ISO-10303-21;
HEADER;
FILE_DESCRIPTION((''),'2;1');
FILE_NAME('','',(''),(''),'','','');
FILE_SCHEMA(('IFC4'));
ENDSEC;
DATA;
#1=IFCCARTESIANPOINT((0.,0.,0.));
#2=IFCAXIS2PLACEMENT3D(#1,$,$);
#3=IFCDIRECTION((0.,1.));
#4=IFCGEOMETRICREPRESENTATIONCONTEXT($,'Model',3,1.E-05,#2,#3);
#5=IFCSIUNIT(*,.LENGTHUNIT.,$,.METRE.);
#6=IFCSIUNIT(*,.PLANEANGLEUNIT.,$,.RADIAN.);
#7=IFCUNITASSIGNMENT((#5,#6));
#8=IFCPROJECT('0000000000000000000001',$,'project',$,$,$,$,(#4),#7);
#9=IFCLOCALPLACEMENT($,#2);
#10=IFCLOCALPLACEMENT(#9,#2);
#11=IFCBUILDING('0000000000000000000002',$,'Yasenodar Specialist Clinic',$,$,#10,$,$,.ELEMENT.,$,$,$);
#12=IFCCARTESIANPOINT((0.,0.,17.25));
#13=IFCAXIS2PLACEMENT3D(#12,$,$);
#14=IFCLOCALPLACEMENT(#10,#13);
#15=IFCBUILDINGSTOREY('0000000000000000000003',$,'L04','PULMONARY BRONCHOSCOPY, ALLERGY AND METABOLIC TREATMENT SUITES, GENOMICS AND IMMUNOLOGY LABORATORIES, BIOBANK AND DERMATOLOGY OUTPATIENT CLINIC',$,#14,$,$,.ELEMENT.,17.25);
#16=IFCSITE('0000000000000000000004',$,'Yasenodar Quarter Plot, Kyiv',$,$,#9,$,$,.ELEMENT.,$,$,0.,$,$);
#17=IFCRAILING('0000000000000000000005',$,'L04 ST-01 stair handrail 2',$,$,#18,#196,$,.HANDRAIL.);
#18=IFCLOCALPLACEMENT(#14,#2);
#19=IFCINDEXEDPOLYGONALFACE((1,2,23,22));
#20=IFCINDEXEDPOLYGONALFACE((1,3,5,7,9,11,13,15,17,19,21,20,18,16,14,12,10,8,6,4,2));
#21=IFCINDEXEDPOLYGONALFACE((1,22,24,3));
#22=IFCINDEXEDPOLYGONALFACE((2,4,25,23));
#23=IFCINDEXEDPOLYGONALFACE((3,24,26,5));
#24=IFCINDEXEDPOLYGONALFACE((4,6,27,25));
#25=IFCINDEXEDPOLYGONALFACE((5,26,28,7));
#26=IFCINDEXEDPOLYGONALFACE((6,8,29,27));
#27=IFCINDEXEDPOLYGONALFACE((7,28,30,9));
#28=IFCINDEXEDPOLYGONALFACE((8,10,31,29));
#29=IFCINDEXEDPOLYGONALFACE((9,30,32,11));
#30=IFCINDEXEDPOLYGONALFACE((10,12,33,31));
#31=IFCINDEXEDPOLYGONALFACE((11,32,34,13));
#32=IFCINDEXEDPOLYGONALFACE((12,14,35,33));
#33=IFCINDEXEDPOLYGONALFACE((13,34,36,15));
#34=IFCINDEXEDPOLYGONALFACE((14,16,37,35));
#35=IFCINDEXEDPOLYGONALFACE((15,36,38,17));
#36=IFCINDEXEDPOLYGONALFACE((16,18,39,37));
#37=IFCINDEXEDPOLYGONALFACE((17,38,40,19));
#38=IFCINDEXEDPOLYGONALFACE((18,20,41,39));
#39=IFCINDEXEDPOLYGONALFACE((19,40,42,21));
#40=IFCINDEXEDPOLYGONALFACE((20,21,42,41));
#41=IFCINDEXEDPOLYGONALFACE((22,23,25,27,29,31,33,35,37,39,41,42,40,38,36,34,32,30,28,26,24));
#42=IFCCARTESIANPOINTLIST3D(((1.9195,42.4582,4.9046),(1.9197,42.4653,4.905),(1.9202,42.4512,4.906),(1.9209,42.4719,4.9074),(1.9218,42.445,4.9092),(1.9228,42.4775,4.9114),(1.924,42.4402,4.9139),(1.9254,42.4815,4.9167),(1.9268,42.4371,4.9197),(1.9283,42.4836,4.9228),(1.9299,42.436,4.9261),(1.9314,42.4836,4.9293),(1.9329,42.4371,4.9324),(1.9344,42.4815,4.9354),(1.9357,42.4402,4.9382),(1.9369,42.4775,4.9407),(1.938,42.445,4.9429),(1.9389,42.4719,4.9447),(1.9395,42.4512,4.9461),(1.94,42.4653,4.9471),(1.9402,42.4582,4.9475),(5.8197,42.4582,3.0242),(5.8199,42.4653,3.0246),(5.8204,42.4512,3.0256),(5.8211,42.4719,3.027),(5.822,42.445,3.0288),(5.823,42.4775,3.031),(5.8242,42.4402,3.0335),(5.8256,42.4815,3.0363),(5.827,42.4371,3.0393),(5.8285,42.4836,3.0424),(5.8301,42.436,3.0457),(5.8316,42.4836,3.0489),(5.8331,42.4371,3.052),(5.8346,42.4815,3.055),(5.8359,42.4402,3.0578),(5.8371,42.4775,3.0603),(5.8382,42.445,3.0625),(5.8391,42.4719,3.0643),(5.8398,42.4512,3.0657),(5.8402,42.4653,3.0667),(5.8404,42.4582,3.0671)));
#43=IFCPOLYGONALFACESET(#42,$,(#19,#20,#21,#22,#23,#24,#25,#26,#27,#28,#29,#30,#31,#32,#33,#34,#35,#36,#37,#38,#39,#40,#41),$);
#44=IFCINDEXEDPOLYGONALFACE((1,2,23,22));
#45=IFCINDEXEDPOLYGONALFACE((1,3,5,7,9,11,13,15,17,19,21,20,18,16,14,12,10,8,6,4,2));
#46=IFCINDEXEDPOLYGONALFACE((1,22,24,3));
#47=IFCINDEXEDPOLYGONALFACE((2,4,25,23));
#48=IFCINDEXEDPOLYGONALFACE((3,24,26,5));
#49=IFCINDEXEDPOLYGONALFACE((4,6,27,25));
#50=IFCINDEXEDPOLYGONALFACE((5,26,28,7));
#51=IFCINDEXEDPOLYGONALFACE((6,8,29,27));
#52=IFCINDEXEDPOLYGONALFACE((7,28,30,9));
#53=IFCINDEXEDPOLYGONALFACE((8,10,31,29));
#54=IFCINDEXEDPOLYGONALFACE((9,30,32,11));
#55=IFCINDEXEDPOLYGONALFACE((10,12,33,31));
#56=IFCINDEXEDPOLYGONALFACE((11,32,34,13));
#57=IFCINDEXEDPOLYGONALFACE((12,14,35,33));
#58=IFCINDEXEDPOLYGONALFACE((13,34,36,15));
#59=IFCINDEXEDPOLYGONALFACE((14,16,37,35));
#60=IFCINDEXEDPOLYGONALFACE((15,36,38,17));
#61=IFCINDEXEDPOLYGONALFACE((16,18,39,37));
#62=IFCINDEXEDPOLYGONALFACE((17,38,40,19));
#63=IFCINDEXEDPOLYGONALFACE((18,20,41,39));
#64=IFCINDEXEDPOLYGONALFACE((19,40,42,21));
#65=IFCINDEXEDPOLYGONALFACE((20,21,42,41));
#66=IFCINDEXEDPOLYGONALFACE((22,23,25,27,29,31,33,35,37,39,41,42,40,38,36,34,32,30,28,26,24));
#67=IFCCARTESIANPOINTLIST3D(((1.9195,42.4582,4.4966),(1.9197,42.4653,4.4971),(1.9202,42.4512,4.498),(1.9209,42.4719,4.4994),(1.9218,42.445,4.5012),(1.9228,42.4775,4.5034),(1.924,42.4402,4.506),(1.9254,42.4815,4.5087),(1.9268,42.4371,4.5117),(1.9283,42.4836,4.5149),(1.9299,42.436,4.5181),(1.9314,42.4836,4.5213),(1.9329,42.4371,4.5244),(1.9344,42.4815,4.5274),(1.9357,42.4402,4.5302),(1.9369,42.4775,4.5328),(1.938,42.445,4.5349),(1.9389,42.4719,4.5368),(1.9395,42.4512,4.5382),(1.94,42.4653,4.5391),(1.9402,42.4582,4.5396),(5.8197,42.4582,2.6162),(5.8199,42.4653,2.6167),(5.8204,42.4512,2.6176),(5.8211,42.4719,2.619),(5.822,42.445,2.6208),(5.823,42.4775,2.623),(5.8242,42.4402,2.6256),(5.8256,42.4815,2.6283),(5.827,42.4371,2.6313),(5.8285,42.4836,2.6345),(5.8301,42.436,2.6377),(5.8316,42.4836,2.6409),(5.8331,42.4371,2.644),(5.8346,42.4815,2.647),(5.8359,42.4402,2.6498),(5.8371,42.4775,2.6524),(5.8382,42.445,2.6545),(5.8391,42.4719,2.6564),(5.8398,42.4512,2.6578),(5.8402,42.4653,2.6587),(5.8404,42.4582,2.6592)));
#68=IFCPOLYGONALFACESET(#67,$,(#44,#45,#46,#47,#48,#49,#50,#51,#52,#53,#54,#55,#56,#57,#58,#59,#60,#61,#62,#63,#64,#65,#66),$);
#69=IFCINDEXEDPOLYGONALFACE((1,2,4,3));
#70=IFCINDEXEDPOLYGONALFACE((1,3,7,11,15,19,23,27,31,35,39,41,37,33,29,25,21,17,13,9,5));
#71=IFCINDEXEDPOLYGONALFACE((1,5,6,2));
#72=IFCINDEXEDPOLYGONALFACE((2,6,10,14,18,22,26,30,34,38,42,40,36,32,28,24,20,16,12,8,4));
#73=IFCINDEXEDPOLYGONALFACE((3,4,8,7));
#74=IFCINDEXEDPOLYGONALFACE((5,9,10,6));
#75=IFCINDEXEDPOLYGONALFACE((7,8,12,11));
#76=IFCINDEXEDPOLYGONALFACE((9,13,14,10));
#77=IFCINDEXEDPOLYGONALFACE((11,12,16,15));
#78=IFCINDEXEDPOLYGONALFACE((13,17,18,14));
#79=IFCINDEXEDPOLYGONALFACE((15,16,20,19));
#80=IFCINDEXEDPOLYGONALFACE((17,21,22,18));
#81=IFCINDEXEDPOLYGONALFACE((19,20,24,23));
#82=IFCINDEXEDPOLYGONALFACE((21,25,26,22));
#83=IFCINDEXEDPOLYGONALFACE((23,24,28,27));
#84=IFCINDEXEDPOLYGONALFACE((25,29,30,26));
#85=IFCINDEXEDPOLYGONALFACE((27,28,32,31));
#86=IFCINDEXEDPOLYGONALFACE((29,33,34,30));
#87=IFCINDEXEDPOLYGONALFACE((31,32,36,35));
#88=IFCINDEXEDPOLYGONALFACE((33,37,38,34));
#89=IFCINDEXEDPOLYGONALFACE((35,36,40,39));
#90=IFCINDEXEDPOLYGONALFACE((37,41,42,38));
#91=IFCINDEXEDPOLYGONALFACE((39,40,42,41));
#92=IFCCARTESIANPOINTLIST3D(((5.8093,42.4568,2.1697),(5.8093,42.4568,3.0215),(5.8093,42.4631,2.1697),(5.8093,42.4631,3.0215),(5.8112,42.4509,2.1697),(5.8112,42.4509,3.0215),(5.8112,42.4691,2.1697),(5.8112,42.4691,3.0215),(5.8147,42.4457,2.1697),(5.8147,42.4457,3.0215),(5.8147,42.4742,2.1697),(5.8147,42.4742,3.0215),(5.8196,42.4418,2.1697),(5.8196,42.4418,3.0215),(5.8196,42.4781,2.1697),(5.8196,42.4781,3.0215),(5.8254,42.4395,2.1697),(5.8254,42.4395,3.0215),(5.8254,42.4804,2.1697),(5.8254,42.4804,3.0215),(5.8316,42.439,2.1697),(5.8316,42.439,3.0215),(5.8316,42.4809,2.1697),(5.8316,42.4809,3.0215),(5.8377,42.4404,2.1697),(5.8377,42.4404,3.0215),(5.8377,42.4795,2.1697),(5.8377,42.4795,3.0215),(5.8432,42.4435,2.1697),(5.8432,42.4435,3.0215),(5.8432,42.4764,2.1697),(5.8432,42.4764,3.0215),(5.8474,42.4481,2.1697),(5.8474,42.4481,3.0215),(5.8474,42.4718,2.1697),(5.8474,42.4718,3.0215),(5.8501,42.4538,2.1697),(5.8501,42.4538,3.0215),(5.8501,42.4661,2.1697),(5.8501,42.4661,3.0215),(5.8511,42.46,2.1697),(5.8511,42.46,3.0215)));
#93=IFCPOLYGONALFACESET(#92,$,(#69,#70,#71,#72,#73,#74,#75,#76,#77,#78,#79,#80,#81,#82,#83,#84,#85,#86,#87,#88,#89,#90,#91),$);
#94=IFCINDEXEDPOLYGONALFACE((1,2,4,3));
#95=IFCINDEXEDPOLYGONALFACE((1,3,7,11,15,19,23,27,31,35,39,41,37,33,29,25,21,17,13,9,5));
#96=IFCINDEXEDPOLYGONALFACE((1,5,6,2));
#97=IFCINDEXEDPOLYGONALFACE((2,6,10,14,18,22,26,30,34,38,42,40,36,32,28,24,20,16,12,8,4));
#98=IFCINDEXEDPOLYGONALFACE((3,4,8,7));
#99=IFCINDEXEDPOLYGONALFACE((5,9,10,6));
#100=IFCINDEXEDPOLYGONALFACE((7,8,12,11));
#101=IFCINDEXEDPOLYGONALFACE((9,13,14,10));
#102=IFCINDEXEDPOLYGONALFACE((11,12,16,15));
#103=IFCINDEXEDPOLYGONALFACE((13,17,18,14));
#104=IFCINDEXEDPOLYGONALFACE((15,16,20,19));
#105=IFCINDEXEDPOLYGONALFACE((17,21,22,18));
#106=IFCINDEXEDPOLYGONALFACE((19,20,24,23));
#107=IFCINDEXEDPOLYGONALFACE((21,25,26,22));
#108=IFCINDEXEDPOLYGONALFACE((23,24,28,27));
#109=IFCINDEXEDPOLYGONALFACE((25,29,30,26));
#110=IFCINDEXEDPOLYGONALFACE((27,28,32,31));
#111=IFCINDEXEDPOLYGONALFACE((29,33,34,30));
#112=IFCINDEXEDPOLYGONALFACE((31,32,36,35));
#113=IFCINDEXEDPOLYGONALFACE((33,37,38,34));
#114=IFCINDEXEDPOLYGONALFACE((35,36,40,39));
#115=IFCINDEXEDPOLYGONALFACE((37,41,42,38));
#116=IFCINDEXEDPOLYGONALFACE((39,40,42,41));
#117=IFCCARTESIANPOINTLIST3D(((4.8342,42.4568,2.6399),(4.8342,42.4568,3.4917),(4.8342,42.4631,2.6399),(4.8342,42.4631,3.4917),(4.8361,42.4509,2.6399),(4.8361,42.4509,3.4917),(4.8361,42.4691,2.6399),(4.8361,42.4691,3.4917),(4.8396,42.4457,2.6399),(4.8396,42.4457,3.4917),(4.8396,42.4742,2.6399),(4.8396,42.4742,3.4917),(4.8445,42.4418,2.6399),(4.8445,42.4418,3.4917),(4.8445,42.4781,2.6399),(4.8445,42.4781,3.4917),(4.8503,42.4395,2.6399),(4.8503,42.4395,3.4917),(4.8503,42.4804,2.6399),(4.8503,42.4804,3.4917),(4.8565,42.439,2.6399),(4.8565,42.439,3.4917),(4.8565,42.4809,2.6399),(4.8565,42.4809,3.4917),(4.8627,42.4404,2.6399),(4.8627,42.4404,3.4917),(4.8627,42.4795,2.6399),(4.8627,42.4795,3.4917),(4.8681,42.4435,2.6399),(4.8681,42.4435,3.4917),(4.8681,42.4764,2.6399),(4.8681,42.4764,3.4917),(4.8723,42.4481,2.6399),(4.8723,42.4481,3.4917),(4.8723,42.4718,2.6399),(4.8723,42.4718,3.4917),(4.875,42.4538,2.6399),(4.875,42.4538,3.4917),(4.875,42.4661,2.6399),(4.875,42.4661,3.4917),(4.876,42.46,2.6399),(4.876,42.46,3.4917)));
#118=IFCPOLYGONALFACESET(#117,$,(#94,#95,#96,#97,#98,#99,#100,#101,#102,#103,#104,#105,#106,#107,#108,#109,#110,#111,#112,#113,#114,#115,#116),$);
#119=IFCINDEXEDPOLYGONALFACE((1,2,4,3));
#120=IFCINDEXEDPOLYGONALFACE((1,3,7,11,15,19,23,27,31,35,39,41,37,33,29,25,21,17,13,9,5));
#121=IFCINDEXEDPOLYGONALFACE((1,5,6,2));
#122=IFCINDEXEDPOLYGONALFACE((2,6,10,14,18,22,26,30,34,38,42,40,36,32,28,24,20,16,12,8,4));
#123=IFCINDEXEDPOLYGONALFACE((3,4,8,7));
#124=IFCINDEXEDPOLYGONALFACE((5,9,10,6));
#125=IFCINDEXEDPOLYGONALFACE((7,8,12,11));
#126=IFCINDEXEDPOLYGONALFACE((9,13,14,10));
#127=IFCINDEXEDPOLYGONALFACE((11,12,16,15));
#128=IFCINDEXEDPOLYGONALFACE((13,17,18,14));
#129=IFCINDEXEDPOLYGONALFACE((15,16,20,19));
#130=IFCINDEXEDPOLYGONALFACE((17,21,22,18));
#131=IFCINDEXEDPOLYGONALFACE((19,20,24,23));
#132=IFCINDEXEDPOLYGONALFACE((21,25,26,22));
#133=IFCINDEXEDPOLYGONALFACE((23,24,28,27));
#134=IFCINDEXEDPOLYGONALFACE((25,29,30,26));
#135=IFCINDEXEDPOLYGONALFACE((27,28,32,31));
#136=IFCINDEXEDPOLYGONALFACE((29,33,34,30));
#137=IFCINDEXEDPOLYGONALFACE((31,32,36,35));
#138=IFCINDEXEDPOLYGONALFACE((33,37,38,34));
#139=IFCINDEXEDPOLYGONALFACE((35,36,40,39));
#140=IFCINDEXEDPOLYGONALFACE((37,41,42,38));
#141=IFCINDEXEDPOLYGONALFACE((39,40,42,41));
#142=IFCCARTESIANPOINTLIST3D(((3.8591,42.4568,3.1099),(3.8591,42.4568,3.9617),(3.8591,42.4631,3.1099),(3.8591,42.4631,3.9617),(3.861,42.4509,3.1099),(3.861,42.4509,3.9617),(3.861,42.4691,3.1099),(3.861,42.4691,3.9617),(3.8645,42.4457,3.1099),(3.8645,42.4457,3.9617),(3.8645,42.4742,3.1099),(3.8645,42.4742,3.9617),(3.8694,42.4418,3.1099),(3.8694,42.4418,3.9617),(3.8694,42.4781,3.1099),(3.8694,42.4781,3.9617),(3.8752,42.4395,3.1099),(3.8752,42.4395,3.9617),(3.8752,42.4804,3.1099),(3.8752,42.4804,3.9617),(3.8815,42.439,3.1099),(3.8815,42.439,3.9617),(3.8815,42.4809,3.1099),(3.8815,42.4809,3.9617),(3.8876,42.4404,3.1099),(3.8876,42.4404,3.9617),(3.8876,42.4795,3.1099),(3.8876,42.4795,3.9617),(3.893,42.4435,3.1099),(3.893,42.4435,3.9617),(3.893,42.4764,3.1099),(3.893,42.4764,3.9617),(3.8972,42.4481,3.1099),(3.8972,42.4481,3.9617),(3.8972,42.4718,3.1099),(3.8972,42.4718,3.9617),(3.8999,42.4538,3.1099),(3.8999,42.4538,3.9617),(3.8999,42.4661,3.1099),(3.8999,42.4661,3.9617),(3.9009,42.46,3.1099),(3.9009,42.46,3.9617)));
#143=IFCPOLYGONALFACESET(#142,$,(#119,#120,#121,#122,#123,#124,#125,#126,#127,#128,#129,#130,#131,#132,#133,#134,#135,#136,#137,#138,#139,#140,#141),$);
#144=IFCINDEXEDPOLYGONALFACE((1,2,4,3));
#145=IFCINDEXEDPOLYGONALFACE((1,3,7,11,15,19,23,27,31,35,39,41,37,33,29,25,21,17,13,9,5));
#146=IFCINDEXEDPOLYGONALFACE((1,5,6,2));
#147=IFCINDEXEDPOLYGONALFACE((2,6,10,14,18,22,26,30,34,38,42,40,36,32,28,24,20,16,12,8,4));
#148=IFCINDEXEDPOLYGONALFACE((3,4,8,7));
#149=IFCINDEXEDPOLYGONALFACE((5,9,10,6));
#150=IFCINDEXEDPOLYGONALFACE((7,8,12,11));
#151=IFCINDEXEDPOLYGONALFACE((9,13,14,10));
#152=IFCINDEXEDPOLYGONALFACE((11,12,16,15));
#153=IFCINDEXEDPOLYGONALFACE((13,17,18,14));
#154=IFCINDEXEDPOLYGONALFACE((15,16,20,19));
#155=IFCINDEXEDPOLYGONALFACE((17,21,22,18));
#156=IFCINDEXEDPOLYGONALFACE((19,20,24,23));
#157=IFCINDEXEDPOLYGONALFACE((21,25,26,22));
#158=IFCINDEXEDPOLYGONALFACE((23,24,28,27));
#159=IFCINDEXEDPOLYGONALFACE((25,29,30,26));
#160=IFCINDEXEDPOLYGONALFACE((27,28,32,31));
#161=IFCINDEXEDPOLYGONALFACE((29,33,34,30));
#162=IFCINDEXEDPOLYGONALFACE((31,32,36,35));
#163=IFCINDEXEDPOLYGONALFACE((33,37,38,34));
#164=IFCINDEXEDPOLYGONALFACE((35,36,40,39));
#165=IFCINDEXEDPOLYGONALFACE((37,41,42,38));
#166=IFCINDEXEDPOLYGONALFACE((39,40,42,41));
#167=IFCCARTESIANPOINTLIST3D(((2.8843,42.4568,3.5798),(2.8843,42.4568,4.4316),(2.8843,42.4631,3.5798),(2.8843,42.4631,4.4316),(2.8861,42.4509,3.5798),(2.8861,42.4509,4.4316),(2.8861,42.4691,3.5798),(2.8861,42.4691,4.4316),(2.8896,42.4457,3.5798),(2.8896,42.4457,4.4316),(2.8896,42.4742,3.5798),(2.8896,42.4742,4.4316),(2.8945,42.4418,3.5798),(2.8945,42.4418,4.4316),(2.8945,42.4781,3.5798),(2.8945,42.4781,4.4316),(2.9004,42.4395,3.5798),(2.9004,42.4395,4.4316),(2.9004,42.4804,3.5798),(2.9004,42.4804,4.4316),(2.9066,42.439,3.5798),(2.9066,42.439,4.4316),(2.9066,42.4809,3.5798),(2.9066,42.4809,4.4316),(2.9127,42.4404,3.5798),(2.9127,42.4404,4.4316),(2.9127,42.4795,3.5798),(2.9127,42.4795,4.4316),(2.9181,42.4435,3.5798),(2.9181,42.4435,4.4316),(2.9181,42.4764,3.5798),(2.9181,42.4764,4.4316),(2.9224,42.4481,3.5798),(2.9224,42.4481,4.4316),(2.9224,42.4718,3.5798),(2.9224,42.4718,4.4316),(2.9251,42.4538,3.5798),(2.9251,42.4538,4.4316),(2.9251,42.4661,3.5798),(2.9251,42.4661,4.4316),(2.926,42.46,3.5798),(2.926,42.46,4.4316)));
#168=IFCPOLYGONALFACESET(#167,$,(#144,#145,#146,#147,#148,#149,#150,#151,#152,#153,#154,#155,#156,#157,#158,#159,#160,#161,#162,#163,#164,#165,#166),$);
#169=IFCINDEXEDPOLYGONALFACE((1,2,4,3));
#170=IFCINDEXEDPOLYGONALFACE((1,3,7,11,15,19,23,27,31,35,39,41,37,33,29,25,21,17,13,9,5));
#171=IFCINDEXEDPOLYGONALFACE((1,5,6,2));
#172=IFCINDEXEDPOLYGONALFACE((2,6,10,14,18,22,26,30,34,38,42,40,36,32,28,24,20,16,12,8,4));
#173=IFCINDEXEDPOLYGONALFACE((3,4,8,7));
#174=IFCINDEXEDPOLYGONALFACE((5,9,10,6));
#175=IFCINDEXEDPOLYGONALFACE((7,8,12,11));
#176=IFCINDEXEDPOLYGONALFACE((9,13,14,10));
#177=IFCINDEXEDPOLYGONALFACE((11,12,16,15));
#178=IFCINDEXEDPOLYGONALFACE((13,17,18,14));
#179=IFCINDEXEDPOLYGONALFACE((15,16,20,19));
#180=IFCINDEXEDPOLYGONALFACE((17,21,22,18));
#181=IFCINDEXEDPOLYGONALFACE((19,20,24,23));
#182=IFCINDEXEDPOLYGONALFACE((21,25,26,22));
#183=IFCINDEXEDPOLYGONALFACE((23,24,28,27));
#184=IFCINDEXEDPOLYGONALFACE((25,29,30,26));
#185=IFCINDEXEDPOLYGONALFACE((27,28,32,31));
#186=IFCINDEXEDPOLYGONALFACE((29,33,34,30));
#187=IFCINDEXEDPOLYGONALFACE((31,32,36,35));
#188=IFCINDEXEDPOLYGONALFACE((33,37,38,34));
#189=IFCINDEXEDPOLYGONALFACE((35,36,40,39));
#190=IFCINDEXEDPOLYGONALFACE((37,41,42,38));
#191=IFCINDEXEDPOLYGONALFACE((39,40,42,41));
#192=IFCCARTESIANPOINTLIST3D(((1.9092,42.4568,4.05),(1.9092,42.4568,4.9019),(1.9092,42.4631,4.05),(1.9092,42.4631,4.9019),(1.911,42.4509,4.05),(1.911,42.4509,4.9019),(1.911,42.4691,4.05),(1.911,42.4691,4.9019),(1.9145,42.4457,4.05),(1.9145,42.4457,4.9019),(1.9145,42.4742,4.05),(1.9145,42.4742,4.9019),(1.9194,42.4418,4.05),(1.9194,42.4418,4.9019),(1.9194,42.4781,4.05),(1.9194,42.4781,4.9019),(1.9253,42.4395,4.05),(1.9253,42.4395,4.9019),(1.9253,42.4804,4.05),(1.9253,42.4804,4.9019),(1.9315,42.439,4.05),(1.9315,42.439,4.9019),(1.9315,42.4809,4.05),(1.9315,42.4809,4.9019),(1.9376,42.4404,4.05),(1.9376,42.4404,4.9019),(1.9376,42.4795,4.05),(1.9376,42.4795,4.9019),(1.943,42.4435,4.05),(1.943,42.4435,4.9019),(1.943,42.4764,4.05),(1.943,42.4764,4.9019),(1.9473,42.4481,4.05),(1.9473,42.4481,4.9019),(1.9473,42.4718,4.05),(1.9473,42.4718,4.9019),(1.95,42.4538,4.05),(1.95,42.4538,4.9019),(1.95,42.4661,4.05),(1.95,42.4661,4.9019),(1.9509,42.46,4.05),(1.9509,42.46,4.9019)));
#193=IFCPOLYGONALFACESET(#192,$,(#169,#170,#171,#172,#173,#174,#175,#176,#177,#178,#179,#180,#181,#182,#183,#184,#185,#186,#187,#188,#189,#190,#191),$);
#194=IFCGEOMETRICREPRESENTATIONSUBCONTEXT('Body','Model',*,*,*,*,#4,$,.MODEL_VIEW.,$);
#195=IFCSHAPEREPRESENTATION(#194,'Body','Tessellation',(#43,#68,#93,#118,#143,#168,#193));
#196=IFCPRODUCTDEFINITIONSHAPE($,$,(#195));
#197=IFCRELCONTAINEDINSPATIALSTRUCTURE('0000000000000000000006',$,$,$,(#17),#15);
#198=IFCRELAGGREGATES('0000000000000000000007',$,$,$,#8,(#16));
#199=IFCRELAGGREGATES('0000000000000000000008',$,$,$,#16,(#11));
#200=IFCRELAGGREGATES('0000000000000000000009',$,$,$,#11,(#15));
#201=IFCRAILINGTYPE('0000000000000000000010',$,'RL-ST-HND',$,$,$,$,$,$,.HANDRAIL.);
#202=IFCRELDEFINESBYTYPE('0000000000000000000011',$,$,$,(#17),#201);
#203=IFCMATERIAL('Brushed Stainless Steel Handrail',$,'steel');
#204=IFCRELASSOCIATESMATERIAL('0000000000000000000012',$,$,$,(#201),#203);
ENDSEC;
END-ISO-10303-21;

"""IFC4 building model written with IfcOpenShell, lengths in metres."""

from ifc_helpers import new_model, si_unit, direction, frame, origin, origin_2d, place, context, subcontext, project, spatial, circle, extrude, material, type_object, element, save


model = new_model("IFC4")

# Units and contexts
model_context = context("Model", 3, precision=1e-05, world=origin(), true_north=direction((0.0, 1.0)))
body_context = subcontext(model_context, "Body", "Model", "MODEL_VIEW")
ifc_project = project(units=[si_unit("LENGTHUNIT", "METRE"), si_unit("PLANEANGLEUNIT", "RADIAN")], contexts=[model_context])

# Site, building, storey
site_placement = place(None, origin())
site = spatial("IfcSite", under=ifc_project, at=site_placement, Name="Yasenodar Quarter Plot, Kyiv", CompositionType="ELEMENT", RefElevation=0.0)
building_placement = place(site_placement, origin())
building = spatial("IfcBuilding", under=site, at=building_placement, Name="Yasenodar Specialist Clinic", CompositionType="ELEMENT")
storey_placement = place(building_placement, frame((0.0, 0.0, 17.25)))
storey = spatial("IfcBuildingStorey", under=building, at=storey_placement, Name="L04", Description="PULMONARY BRONCHOSCOPY, ALLERGY AND METABOLIC TREATMENT SUITES, GENOMICS AND IMMUNOLOGY LABORATORIES, BIOBANK AND DERMATOLOGY OUTPATIENT CLINIC", CompositionType="ELEMENT", Elevation=17.25)

# Railing
ifc_material_1 = material(Name="Brushed Stainless Steel Handrail", Category="steel")
railing_type_1 = type_object("IfcRailingType", Name="RL-ST-HND", PredefinedType="HANDRAIL", material=ifc_material_1)
railing_1_placement = place(storey_placement, frame((5.8301, 42.46, 2.1697)))
element("IfcRailing", 1, at=railing_1_placement, inside=storey, type_object=railing_type_1, Name="L04 ST-01 stair handrail 2", PredefinedType="HANDRAIL", context=body_context, shape_type="SweptSolid", body=[
    extrude(circle(Radius=0.0239, at=origin_2d()), frame((0.0, 0.0, 0.876), z_axis=(-0.900774, 0.0, 0.434289), x_axis=(0.0, -1.0, 0.0)), (0.0, 0.0, 1.0), 4.3298),
    extrude(circle(Radius=0.0239, at=origin_2d()), frame((0.0, 0.0, 0.468), z_axis=(-0.900774, 0.0, 0.434289), x_axis=(0.0, -1.0, 0.0)), (0.0, 0.0, 1.0), 4.3298),
    extrude(circle(Radius=0.021, at=origin_2d()), origin(), (0.0, 0.0, 1.0), 0.8518),
    extrude(circle(Radius=0.021, at=origin_2d()), frame((-0.9751, 0.0, 0.4702)), (0.0, 0.0, 1.0), 0.8518),
    extrude(circle(Radius=0.021, at=origin_2d()), frame((-1.9502, 0.0, 0.9402)), (0.0, 0.0, 1.0), 0.8518),
    extrude(circle(Radius=0.021, at=origin_2d()), frame((-2.925, 0.0, 1.4102)), (0.0, 0.0, 1.0), 0.8518),
    extrude(circle(Radius=0.021, at=origin_2d()), frame((-3.9001, 0.0, 1.8804)), (0.0, 0.0, 1.0), 0.8518),
])

save(model, "model.ifc")
